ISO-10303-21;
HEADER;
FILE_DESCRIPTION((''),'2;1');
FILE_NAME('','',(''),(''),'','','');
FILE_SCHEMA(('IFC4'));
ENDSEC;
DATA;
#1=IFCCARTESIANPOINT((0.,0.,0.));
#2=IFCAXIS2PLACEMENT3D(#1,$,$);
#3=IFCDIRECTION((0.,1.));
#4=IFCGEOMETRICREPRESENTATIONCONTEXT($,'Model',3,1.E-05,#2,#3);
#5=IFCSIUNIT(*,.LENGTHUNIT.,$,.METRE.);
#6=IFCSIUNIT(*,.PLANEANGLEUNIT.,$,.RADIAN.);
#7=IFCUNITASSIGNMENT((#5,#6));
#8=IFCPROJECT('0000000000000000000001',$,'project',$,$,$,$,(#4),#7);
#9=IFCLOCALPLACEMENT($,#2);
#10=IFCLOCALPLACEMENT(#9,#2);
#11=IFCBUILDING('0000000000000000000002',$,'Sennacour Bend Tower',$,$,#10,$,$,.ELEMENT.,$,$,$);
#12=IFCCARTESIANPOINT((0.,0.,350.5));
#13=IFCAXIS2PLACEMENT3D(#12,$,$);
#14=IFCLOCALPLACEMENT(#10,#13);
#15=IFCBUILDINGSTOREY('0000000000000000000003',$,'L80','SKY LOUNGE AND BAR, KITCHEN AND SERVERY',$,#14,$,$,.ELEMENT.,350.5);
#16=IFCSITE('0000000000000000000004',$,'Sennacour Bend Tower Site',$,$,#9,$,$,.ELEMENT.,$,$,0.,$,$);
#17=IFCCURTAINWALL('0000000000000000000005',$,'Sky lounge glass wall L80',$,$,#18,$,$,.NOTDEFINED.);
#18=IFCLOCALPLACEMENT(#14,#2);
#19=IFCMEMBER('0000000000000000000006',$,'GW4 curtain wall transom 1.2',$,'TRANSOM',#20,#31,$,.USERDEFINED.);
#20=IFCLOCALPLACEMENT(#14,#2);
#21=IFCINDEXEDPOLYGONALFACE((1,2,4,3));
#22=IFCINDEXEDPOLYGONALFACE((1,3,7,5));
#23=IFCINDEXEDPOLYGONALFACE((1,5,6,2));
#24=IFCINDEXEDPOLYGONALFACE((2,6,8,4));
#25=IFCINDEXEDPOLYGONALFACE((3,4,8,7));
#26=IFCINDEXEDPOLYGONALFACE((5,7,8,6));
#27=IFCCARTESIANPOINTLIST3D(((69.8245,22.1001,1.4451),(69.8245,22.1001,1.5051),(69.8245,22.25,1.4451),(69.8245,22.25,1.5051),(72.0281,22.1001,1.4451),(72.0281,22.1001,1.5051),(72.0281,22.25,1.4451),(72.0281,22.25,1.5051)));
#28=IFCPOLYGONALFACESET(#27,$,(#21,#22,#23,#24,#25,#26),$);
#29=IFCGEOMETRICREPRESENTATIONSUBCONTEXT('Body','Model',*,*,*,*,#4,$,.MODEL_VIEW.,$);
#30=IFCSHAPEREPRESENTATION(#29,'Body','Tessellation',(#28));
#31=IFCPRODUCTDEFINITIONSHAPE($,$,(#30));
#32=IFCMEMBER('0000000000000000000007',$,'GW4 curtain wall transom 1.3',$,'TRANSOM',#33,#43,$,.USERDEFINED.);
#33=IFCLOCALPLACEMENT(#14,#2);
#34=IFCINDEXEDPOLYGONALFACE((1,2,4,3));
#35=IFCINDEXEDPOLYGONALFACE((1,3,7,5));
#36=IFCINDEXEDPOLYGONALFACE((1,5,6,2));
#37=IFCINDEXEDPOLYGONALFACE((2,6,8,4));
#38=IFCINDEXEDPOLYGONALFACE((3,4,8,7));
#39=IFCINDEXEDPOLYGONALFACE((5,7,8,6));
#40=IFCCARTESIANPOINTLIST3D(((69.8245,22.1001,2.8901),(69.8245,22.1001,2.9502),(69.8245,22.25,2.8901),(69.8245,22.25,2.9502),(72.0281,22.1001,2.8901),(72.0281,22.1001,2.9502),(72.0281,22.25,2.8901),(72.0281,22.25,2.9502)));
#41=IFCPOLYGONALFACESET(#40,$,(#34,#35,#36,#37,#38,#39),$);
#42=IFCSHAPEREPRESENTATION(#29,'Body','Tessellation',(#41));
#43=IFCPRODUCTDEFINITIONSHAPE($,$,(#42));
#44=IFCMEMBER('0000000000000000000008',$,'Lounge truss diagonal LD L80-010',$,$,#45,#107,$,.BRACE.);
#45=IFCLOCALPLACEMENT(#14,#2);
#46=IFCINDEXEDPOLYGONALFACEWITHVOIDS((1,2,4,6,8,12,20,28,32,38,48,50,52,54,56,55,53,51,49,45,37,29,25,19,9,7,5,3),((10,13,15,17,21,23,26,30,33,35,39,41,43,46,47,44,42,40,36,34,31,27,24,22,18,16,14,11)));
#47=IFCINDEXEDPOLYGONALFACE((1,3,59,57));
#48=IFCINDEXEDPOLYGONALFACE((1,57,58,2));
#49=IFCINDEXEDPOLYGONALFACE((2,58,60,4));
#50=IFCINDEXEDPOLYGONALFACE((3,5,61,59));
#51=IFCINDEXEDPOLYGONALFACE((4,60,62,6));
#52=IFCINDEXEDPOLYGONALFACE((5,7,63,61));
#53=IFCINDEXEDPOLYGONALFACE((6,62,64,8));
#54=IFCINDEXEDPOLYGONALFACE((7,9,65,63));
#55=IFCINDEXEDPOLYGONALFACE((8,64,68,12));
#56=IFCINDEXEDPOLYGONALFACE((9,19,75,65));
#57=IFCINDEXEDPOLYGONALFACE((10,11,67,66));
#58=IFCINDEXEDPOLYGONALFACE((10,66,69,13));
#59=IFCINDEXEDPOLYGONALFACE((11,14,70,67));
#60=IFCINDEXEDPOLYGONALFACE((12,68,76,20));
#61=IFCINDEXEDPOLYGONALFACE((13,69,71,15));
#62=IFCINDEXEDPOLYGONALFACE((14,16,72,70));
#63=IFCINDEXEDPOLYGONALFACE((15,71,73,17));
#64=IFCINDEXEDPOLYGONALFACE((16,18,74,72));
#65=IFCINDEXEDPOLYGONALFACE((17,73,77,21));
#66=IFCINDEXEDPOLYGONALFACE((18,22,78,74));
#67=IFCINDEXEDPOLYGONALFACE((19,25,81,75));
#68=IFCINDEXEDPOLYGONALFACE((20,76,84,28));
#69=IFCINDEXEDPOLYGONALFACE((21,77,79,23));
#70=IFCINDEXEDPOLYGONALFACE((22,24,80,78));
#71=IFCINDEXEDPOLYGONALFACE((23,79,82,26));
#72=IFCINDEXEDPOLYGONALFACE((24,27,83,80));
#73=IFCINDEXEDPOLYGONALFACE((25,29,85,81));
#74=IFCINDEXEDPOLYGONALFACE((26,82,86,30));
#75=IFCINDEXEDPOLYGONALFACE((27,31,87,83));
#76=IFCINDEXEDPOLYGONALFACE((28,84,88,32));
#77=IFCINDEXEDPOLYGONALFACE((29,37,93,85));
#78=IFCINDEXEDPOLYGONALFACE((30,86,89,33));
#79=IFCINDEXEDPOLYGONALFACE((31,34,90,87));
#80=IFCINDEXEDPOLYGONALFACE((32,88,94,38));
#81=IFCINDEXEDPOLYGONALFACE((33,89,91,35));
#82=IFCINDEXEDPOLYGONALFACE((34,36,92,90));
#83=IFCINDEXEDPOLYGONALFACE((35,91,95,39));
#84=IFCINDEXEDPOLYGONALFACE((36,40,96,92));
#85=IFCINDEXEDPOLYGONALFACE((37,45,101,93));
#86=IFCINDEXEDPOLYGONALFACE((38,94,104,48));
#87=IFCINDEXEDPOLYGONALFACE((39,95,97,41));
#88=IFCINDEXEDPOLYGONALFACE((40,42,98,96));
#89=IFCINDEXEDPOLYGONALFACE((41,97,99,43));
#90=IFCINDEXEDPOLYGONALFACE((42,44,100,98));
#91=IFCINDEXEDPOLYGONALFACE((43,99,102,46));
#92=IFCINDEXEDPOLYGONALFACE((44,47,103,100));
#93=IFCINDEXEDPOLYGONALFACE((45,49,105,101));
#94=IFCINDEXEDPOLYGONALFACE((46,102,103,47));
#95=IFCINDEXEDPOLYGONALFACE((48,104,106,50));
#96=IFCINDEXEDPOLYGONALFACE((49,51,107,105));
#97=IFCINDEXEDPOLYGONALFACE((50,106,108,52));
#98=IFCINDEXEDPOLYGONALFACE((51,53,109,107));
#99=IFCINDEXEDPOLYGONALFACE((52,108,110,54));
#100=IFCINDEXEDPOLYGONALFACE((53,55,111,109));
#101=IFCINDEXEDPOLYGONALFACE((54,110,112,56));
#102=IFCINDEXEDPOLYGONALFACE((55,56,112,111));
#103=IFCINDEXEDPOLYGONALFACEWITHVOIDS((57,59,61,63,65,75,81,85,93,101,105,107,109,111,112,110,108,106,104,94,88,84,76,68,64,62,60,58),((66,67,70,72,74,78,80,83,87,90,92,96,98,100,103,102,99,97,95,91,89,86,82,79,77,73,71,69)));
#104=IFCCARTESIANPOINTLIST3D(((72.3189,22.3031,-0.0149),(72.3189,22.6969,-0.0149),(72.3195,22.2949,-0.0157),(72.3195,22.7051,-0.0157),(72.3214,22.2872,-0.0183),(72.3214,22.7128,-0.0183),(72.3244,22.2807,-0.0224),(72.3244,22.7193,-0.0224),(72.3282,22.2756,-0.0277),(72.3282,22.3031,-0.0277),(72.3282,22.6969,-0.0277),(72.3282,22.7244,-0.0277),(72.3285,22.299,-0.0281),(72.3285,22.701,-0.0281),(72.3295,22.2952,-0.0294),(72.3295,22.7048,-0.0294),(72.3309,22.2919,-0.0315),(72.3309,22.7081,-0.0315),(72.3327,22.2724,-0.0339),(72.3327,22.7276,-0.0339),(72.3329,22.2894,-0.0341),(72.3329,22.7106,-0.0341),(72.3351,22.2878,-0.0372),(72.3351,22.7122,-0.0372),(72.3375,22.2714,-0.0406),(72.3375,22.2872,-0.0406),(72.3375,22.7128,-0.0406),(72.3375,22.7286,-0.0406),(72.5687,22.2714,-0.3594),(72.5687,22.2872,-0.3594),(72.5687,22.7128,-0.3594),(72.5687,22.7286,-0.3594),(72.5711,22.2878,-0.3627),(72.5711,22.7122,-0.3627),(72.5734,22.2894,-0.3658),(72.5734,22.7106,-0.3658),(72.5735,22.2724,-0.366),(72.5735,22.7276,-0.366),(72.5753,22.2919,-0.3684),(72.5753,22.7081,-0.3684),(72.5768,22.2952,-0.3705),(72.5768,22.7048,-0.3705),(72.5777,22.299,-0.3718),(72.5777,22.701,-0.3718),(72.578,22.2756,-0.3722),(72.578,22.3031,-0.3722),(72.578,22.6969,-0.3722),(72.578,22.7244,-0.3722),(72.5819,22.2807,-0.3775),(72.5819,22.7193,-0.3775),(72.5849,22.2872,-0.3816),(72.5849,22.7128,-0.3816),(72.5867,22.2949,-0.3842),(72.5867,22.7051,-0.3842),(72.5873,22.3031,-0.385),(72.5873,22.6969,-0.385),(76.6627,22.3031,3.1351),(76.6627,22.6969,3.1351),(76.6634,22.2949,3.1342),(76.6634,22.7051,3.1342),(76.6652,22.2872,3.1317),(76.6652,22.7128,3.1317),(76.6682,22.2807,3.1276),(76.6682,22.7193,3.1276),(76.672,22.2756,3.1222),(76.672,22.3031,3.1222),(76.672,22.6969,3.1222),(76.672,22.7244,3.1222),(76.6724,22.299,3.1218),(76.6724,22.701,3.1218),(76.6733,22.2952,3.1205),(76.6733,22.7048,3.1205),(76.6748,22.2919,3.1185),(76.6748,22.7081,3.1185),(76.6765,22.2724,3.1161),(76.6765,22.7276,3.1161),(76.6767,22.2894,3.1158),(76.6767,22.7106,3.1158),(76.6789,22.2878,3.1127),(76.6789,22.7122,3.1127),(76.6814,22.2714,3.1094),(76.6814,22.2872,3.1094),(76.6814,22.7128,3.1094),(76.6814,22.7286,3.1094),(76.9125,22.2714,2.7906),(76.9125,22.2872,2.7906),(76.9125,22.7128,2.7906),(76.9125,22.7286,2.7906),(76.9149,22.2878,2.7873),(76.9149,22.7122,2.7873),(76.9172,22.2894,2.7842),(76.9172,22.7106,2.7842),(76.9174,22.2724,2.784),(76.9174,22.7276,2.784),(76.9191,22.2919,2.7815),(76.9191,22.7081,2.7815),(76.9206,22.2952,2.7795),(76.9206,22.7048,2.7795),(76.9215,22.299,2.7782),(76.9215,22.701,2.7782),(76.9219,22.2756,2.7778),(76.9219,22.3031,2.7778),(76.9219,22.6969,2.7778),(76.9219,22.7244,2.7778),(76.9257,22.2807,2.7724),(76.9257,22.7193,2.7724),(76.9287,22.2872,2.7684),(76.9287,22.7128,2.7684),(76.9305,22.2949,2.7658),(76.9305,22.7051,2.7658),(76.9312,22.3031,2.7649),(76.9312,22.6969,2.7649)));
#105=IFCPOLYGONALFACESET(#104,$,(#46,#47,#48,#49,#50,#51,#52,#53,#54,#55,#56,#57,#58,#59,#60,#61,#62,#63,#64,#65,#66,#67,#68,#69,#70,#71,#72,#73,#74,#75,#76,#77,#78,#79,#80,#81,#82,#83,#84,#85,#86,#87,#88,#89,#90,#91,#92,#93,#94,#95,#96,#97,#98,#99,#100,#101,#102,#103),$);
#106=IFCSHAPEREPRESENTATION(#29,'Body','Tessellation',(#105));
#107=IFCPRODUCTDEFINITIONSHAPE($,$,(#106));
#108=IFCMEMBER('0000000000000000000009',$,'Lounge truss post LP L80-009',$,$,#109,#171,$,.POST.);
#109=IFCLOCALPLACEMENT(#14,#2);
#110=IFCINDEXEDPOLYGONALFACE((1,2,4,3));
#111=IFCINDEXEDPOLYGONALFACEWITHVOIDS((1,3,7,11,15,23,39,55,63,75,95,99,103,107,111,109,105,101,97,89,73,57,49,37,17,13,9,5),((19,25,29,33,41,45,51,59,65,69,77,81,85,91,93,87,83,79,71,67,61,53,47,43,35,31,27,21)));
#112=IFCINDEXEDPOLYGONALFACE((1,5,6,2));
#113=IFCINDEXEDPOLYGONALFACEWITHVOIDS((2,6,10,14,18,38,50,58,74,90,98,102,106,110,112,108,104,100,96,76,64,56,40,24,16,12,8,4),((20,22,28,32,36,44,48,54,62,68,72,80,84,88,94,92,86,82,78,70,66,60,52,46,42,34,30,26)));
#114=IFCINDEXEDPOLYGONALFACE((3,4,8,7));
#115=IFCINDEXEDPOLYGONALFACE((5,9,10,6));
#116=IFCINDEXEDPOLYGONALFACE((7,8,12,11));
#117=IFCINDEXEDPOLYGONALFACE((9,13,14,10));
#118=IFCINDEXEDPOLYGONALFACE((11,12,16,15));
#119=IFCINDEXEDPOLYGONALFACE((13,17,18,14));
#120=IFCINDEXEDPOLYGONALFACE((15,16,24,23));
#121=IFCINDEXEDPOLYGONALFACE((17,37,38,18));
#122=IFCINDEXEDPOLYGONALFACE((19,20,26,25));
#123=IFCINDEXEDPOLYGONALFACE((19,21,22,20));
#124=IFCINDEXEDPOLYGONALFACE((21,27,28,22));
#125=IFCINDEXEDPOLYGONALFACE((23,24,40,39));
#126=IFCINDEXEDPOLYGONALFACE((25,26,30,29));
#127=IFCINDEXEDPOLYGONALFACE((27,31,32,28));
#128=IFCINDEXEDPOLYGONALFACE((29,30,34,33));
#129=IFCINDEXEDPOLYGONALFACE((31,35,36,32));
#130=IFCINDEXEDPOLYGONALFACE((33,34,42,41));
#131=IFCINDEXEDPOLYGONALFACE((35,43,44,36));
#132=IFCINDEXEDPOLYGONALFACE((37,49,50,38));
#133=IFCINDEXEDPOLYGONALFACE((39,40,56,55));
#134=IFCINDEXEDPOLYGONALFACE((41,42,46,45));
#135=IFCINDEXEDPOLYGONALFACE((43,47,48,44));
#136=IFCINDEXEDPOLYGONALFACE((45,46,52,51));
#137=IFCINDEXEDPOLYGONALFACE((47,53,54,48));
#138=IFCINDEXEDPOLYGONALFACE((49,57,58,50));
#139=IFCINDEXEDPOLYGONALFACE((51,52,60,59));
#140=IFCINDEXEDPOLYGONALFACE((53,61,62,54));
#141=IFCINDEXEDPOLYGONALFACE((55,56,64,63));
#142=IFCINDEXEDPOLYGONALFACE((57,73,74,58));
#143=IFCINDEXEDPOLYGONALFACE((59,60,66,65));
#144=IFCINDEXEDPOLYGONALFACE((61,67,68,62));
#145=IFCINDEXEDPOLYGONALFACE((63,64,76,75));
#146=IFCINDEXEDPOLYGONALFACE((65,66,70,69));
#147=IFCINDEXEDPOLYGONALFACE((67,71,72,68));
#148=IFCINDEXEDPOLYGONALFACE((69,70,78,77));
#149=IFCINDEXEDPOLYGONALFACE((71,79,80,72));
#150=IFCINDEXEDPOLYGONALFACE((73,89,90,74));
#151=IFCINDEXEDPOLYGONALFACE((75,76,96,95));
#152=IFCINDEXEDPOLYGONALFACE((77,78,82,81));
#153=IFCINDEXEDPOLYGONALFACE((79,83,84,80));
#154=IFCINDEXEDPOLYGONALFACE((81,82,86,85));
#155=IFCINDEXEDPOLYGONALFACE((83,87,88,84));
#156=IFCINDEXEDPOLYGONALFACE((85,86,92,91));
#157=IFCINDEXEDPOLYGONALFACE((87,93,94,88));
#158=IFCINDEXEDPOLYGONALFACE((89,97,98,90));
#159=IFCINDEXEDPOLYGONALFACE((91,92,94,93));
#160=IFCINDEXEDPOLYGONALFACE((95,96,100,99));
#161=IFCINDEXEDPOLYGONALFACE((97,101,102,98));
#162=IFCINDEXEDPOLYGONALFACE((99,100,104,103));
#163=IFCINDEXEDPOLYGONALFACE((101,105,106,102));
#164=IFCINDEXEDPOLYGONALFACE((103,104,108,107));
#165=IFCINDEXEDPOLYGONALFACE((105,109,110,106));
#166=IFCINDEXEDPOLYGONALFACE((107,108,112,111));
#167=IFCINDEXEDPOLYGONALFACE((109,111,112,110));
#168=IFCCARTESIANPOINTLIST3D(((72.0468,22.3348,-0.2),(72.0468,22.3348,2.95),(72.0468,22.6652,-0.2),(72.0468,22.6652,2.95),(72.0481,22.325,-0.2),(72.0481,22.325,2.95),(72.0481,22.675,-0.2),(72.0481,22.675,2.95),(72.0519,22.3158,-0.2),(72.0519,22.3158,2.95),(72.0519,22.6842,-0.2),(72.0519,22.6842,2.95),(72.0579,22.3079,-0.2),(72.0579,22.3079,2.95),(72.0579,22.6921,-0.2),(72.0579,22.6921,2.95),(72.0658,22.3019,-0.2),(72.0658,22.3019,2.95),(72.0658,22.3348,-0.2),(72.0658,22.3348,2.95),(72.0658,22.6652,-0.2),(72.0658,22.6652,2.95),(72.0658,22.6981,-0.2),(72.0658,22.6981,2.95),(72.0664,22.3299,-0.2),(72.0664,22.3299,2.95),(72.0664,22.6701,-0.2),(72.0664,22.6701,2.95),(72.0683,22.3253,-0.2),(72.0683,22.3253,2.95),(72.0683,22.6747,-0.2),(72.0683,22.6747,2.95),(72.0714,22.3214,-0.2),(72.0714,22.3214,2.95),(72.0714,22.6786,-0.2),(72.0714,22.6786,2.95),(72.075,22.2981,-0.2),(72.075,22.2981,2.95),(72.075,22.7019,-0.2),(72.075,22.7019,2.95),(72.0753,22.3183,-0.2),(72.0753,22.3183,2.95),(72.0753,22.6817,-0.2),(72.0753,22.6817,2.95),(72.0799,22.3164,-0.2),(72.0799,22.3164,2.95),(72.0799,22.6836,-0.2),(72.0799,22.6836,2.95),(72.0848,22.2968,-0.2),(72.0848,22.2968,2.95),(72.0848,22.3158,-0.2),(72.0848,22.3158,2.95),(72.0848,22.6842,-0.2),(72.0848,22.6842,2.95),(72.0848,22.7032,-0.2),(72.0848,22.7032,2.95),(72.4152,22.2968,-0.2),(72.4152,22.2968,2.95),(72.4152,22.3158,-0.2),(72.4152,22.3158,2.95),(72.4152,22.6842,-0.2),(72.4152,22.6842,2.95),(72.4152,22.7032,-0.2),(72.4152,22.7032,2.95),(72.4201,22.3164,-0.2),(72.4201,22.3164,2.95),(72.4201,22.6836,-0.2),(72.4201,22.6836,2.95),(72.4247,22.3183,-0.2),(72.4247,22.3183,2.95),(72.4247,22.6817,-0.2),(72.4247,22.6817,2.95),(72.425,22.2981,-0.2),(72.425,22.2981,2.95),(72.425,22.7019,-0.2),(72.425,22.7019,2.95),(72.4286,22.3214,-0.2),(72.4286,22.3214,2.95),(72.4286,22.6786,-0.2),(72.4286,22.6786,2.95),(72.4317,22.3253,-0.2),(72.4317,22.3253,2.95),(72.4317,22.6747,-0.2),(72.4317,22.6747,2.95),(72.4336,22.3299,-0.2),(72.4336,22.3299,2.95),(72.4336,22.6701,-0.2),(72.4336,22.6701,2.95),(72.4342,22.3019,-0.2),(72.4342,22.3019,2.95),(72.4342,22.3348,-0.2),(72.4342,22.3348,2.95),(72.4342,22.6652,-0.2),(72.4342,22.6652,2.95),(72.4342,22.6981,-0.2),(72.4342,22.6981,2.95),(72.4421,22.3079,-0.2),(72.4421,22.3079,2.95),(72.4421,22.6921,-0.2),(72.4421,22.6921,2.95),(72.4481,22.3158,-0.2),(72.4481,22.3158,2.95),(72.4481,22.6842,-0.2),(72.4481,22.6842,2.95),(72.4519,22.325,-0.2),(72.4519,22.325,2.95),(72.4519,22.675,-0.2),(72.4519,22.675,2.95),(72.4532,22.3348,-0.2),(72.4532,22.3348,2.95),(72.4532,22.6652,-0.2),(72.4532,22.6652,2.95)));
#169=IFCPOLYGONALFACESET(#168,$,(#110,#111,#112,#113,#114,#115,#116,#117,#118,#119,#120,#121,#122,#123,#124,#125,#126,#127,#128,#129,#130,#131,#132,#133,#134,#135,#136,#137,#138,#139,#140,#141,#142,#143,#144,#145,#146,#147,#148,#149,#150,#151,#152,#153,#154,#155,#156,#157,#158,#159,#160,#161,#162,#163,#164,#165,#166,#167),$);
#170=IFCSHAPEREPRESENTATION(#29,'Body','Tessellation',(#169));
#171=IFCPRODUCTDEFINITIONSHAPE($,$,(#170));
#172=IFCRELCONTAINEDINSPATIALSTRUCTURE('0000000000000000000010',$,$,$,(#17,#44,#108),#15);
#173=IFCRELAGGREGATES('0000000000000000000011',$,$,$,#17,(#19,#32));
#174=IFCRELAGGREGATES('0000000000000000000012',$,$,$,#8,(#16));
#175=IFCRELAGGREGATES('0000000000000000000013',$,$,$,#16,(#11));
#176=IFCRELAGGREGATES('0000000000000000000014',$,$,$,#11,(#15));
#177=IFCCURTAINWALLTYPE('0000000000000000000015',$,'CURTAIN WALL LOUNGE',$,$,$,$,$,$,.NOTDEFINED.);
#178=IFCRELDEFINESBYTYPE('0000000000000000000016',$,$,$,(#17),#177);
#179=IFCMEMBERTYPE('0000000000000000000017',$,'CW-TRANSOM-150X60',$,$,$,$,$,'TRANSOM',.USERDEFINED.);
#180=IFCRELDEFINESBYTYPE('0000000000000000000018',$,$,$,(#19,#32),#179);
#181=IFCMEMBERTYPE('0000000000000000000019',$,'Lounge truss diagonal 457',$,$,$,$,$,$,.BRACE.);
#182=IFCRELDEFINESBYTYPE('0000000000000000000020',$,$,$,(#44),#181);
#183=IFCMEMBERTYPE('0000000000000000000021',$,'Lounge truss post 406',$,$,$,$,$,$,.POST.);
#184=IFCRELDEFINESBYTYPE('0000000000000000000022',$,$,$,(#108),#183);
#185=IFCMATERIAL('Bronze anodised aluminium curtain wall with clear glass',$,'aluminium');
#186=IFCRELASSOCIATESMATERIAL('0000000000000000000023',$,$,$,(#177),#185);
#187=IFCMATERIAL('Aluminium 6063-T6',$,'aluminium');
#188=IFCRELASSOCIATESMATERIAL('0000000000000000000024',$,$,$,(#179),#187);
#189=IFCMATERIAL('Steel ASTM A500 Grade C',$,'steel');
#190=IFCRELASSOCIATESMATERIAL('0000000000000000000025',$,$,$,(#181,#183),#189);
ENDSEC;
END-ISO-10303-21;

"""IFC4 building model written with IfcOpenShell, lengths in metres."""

from ifc_helpers import new_model, si_unit, direction, frame, origin, origin_2d, place, context, subcontext, project, spatial, rectangle, hollow_rectangle, extrude, material, material_profile, profile_set, type_object, element, aggregate, save


model = new_model("IFC4")

# Units and contexts
model_context = context("Model", 3, precision=1e-05, world=origin(), true_north=direction((0.0, 1.0)))
body_context = subcontext(model_context, "Body", "Model", "MODEL_VIEW")
ifc_project = project(units=[si_unit("LENGTHUNIT", "METRE"), si_unit("PLANEANGLEUNIT", "RADIAN")], contexts=[model_context])

# Site, building, storey
site_placement = place(None, origin())
site = spatial("IfcSite", under=ifc_project, at=site_placement, Name="Sennacour Bend Tower Site", CompositionType="ELEMENT", RefElevation=0.0)
building_placement = place(site_placement, origin())
building = spatial("IfcBuilding", under=site, at=building_placement, Name="Sennacour Bend Tower", CompositionType="ELEMENT")
storey_placement = place(building_placement, frame((0.0, 0.0, 350.5)))
storey = spatial("IfcBuildingStorey", under=building, at=storey_placement, Name="L80", Description="SKY LOUNGE AND BAR, KITCHEN AND SERVERY", CompositionType="ELEMENT", Elevation=350.5)

# Shared definitions
ifc_material_1 = material(Name="Bronze anodised aluminium curtain wall with clear glass", Category="aluminium")
curtain_wall_type = type_object("IfcCurtainWallType", Name="CURTAIN WALL LOUNGE", PredefinedType="NOTDEFINED", material=ifc_material_1)
ifc_material_2 = material(Name="Aluminium 6063-T6", Category="aluminium")

# Curtain wall
curtain_wall_1_placement = place(storey_placement, origin())
curtain_wall_1 = element("IfcCurtainWall", 1, at=curtain_wall_1_placement, inside=storey, type_object=curtain_wall_type, Name="Sky lounge glass wall L80", PredefinedType="NOTDEFINED")

# Members
ifc_material_profile_1 = material_profile(ifc_material_2, rectangle(XDim=0.1499, YDim=0.0601, at=origin_2d()), Name="Aluminium 6063-T6", Category="aluminium")
ifc_profile_set_1 = profile_set([ifc_material_profile_1], Name="Aluminium 6063-T6")
member_type_1 = type_object("IfcMemberType", Name="CW-TRANSOM-150X60", ElementType="TRANSOM", PredefinedType="USERDEFINED", material=ifc_profile_set_1)
member_1_placement = place(storey_placement, frame((72.0281, 22.175, 1.4751), z_axis=(-1.0, 0.0, 0.0), x_axis=(0.0, -1.0, 0.0)))
member_1 = element("IfcMember", 2, at=member_1_placement, type_object=member_type_1, Name="GW4 curtain wall transom 1.2", ObjectType="TRANSOM", PredefinedType="USERDEFINED", context=body_context, shape_type="SweptSolid", body=[
    extrude(rectangle(XDim=0.1499, YDim=0.0601, at=origin_2d()), origin(), (0.0, 0.0, 1.0), 2.2036),
])
member_2_placement = place(storey_placement, frame((72.0281, 22.175, 2.9202), z_axis=(-1.0, 0.0, 0.0), x_axis=(0.0, -1.0, 0.0)))
member_2 = element("IfcMember", 3, at=member_2_placement, type_object=member_type_1, Name="GW4 curtain wall transom 1.3", ObjectType="TRANSOM", PredefinedType="USERDEFINED", context=body_context, shape_type="SweptSolid", body=[
    extrude(rectangle(XDim=0.1499, YDim=0.0601, at=origin_2d()), origin(), (0.0, 0.0, 1.0), 2.2036),
])
aggregate(curtain_wall_1, [member_1, member_2])

# Members
ifc_material_3 = material(Name="Steel ASTM A500 Grade C", Category="steel")
ifc_material_profile_2 = material_profile(ifc_material_3, hollow_rectangle(XDim=0.4573, YDim=0.4573, WallThickness=0.0159, InnerFilletRadius=0.0159, OuterFilletRadius=0.0317, at=origin_2d()), Name="Steel ASTM A500 Grade C", Category="steel")
ifc_profile_set_2 = profile_set([ifc_material_profile_2], Name="Steel ASTM A500 Grade C")
member_type_2 = type_object("IfcMemberType", Name="Lounge truss diagonal 457", PredefinedType="BRACE", material=ifc_profile_set_2)
member_3_placement = place(storey_placement, frame((72.4531, 22.5, -0.2), z_axis=(0.80955, 0.0, 0.587051), x_axis=(0.0, 1.0, 0.0)))
element("IfcMember", 4, at=member_3_placement, inside=storey, type_object=member_type_2, Name="Lounge truss diagonal LD L80-010", PredefinedType="BRACE", context=body_context, shape_type="SweptSolid", body=[
    extrude(hollow_rectangle(XDim=0.4573, YDim=0.4573, WallThickness=0.0159, InnerFilletRadius=0.0159, OuterFilletRadius=0.0317, at=origin_2d()), origin(), (0.0, 0.0, 1.0), 5.3657),
])
ifc_material_profile_3 = material_profile(ifc_material_3, hollow_rectangle(XDim=0.4065, YDim=0.4065, WallThickness=0.019, InnerFilletRadius=0.019, OuterFilletRadius=0.0381, at=origin_2d()), Name="Steel ASTM A500 Grade C", Category="steel")
ifc_profile_set_3 = profile_set([ifc_material_profile_3], Name="Steel ASTM A500 Grade C")
member_type_3 = type_object("IfcMemberType", Name="Lounge truss post 406", PredefinedType="POST", material=ifc_profile_set_3)
for number, where, z_axis, x_axis, name in (
    (5, (72.25, 22.5, -0.2), (0.0, 0.0, 1.0), (1.0, 0.0, 0.0), "Lounge truss post LP L80-009"),
):
    element("IfcMember", number, at=place(storey_placement, frame(where, z_axis=z_axis, x_axis=x_axis)), inside=storey, type_object=member_type_3, Name=name, PredefinedType="POST", context=body_context, shape_type="SweptSolid", body=[
        extrude(hollow_rectangle(XDim=0.4065, YDim=0.4065, WallThickness=0.019, InnerFilletRadius=0.019, OuterFilletRadius=0.0381, at=origin_2d()), origin(), (0.0, 0.0, 1.0), 3.1499),
    ])

save(model, "model.ifc")
